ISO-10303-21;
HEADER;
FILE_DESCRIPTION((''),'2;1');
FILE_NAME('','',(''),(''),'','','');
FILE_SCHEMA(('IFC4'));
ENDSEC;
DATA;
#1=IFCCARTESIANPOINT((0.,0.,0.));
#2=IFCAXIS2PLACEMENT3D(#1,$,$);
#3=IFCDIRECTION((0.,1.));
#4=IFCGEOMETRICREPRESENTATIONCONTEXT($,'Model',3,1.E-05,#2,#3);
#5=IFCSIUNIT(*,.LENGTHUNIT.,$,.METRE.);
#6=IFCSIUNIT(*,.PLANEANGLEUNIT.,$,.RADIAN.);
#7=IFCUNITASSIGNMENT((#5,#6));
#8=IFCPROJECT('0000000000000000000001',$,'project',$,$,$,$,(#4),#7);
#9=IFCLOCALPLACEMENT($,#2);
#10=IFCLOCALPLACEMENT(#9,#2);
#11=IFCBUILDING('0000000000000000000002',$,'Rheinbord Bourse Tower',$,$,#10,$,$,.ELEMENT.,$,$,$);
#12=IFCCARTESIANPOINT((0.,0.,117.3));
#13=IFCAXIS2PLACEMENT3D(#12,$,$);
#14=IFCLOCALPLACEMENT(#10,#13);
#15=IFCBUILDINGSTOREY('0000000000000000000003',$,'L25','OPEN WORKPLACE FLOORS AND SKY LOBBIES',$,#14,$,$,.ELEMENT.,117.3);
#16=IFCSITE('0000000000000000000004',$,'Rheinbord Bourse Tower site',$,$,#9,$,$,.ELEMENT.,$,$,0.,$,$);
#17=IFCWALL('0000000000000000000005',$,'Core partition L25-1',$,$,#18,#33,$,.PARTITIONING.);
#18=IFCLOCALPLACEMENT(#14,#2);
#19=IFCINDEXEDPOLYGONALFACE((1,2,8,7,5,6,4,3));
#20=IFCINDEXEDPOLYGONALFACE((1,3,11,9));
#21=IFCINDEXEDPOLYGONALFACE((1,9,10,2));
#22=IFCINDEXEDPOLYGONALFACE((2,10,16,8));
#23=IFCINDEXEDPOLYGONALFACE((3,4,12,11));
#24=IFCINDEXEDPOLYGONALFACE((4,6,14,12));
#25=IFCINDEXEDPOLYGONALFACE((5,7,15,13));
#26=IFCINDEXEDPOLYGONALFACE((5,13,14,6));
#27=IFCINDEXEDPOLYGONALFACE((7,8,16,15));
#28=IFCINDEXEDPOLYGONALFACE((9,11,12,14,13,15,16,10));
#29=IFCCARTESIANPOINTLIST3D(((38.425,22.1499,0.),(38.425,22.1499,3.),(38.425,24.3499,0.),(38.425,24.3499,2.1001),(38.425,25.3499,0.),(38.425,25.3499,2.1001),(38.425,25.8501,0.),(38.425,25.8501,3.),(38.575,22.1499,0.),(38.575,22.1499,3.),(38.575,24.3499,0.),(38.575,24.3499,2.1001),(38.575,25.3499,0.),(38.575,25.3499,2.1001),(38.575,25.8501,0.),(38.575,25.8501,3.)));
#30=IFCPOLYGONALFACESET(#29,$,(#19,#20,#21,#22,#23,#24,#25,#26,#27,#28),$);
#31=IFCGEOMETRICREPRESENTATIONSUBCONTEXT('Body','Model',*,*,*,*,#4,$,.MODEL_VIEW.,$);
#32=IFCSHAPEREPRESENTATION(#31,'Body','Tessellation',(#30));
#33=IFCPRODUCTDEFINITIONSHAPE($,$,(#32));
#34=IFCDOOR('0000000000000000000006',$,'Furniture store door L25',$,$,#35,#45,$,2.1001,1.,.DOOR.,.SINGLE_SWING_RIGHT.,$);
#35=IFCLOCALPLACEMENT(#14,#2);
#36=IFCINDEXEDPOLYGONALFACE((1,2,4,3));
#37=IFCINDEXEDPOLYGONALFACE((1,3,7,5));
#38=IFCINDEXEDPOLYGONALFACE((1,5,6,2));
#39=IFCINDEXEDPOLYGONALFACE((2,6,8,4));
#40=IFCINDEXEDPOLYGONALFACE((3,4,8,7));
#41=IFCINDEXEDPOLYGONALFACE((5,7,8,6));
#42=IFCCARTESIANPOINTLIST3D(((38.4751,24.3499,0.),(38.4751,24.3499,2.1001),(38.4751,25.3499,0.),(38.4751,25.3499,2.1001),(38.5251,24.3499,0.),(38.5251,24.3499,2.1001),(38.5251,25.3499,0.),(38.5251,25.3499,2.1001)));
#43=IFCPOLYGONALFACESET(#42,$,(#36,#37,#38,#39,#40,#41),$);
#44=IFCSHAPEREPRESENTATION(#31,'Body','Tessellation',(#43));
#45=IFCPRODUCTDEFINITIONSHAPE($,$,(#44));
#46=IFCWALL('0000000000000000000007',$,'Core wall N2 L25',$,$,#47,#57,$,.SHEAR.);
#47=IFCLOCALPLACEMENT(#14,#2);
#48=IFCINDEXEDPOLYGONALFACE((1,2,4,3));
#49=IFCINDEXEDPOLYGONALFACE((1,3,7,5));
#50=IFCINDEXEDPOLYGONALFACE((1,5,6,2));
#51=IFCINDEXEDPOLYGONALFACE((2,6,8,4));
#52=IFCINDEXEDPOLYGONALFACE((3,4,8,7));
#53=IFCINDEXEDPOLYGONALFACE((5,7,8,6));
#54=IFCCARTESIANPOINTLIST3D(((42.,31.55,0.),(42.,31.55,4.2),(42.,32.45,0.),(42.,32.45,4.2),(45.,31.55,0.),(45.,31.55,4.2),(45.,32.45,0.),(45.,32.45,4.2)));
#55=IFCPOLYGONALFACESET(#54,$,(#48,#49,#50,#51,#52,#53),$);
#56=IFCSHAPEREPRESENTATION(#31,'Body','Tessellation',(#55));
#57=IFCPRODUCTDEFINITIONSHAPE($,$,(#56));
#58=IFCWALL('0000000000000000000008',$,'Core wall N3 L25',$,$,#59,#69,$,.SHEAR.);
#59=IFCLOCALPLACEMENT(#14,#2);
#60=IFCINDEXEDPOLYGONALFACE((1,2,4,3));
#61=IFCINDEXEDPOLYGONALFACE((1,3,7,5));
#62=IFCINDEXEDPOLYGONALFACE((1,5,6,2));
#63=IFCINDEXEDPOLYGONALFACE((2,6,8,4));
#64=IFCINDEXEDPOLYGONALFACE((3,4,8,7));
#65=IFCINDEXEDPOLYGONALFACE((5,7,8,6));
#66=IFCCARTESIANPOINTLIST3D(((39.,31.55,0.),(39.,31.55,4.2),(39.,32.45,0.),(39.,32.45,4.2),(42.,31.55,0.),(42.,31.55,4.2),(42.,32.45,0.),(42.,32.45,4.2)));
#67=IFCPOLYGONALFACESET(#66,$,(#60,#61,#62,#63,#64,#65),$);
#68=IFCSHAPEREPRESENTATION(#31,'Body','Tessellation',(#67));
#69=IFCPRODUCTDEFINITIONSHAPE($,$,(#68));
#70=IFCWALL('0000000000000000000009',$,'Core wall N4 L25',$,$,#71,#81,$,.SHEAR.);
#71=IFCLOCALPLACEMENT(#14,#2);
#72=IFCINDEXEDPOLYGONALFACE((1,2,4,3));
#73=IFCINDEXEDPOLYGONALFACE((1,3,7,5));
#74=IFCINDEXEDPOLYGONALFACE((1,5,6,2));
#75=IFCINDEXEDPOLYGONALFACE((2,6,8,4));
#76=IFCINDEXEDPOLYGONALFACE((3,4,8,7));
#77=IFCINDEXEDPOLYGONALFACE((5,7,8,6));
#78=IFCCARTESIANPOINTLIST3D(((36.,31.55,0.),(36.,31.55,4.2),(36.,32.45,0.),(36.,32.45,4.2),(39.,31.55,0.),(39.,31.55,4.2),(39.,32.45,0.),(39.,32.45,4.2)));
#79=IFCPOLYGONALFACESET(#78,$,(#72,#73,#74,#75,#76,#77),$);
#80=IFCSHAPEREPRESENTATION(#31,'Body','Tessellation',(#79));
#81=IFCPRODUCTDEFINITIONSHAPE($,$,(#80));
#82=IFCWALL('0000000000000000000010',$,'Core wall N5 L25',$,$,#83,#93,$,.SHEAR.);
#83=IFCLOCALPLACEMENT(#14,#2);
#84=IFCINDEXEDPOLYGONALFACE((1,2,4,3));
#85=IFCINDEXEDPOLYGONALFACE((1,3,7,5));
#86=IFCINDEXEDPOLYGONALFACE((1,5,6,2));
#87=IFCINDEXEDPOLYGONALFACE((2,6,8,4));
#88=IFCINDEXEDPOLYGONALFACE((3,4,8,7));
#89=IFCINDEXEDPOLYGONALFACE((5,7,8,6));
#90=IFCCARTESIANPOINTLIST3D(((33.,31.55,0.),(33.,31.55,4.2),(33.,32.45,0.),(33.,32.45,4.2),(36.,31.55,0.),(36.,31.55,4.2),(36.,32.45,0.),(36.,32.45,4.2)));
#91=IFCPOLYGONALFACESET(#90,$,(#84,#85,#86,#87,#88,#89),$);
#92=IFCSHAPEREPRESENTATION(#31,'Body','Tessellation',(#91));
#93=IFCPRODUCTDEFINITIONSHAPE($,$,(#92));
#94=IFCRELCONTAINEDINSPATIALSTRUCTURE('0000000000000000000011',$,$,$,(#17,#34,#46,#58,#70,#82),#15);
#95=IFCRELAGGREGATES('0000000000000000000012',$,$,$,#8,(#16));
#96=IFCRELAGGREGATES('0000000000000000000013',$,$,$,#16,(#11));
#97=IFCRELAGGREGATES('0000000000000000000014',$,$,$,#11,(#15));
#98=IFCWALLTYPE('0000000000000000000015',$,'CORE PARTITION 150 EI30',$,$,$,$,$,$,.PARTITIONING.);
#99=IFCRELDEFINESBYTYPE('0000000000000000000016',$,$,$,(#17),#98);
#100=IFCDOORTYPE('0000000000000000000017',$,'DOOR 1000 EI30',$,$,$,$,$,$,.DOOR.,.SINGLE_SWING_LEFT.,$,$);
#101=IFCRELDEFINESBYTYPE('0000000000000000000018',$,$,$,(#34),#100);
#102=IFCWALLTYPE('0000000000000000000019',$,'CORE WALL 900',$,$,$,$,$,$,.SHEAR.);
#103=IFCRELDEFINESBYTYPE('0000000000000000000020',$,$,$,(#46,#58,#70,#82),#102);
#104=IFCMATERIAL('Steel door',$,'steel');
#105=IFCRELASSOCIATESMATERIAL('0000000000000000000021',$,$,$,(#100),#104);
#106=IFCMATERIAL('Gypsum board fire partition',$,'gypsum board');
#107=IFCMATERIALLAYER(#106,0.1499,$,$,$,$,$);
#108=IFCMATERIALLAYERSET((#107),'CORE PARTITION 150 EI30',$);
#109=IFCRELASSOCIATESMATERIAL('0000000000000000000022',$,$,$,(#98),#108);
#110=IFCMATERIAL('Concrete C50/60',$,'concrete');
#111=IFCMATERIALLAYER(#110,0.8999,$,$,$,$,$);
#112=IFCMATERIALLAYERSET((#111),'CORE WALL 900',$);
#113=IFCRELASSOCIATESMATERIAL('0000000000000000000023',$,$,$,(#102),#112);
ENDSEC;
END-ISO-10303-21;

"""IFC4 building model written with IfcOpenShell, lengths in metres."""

from ifc_helpers import new_model, si_unit, direction, frame, frame_2d, origin, place, context, subcontext, project, spatial, rectangle, extrude, material, layer, layer_set, type_object, element, fill, save


model = new_model("IFC4")

# Units and contexts
model_context = context("Model", 3, precision=1e-05, world=origin(), true_north=direction((0.0, 1.0)))
body_context = subcontext(model_context, "Body", "Model", "MODEL_VIEW")
ifc_project = project(units=[si_unit("LENGTHUNIT", "METRE"), si_unit("PLANEANGLEUNIT", "RADIAN")], contexts=[model_context])

# Site, building, storey
site_placement = place(None, origin())
site = spatial("IfcSite", under=ifc_project, at=site_placement, Name="Rheinbord Bourse Tower site", CompositionType="ELEMENT", RefElevation=0.0)
building_placement = place(site_placement, origin())
building = spatial("IfcBuilding", under=site, at=building_placement, Name="Rheinbord Bourse Tower", CompositionType="ELEMENT")
storey_placement = place(building_placement, frame((0.0, 0.0, 117.3)))
storey = spatial("IfcBuildingStorey", under=building, at=storey_placement, Name="L25", Description="OPEN WORKPLACE FLOORS AND SKY LOBBIES", CompositionType="ELEMENT", Elevation=117.3)

# Shared definitions
ifc_material_1 = material(Name="Steel door", Category="steel")
door_type_1 = type_object("IfcDoorType", Name="DOOR 1000 EI30", OperationType="SINGLE_SWING_LEFT", PredefinedType="DOOR", material=ifc_material_1)

# Wall, opening, door
ifc_material_2 = material(Name="Gypsum board fire partition", Category="gypsum board")
ifc_layer_1 = layer(ifc_material_2, 0.1499)
ifc_layer_set_1 = layer_set([ifc_layer_1], Name="CORE PARTITION 150 EI30")
wall_type_1 = type_object("IfcWallType", Name="CORE PARTITION 150 EI30", PredefinedType="PARTITIONING", material=ifc_layer_set_1)
wall_1_placement = place(storey_placement, frame((38.5, 22.1499, 0.0), z_axis=(0.0, 0.0, 1.0), x_axis=(0.0, 1.0, 0.0)))
wall_1 = element("IfcWall", 1, at=wall_1_placement, inside=storey, type_object=wall_type_1, Name="Core partition L25-1", PredefinedType="PARTITIONING", context=body_context, shape_type="SweptSolid", body=[
    extrude(rectangle(XDim=3.7002, YDim=0.1499, at=frame_2d((1.8501, 0.0))), origin(), (0.0, 0.0, 1.0), 3.0),
])
opening_1_placement = place(wall_1_placement, frame((2.2, 0.0, 0.0)))
opening_1 = element("IfcOpeningElement", 2, at=opening_1_placement, cuts=wall_1, PredefinedType="OPENING", context=body_context, shape_type="SweptSolid", body=[
    extrude(rectangle(XDim=1.0, YDim=2.1001, at=frame_2d((0.5, 1.05))), frame((0.0, 0.085, 0.0), z_axis=(0.0, -1.0, 0.0), x_axis=(1.0, 0.0, 0.0)), (0.0, 0.0, 1.0), 0.1699),
])
door_1_placement = place(opening_1_placement, origin())
door_1 = element("IfcDoor", 3, at=door_1_placement, inside=storey, type_object=door_type_1, Name="Furniture store door L25", OperationType="SINGLE_SWING_RIGHT", OverallHeight=2.1001, OverallWidth=1.0, PredefinedType="DOOR", context=body_context, shape_type="SweptSolid", body=[
    extrude(rectangle(XDim=1.0, YDim=2.1001, at=frame_2d((0.5, 1.05))), frame((0.0, 0.0249, 0.0), z_axis=(0.0, -1.0, 0.0), x_axis=(1.0, 0.0, 0.0)), (0.0, 0.0, 1.0), 0.05),
])
fill(opening_1, door_1)

# Walls
ifc_material_3 = material(Name="Concrete C50/60", Category="concrete")
ifc_layer_2 = layer(ifc_material_3, 0.8999)
ifc_layer_set_2 = layer_set([ifc_layer_2], Name="CORE WALL 900")
wall_type_2 = type_object("IfcWallType", Name="CORE WALL 900", PredefinedType="SHEAR", material=ifc_layer_set_2)
for number, where, z_axis, x_axis, name in (
    (4, (45.0, 32.0, 0.0), (0.0, 0.0, 1.0), (-1.0, 0.0, 0.0), "Core wall N2 L25"),
    (5, (42.0, 32.0, 0.0), (0.0, 0.0, 1.0), (-1.0, 0.0, 0.0), "Core wall N3 L25"),
    (6, (39.0, 32.0, 0.0), (0.0, 0.0, 1.0), (-1.0, 0.0, 0.0), "Core wall N4 L25"),
    (7, (36.0, 32.0, 0.0), (0.0, 0.0, 1.0), (-1.0, 0.0, 0.0), "Core wall N5 L25"),
):
    element("IfcWall", number, at=place(storey_placement, frame(where, z_axis=z_axis, x_axis=x_axis)), inside=storey, type_object=wall_type_2, Name=name, PredefinedType="SHEAR", context=body_context, shape_type="SweptSolid", body=[
        extrude(rectangle(XDim=3.0, YDim=0.8999, at=frame_2d((1.5, 0.0))), origin(), (0.0, 0.0, 1.0), 4.2),
    ])

save(model, "model.ifc")
